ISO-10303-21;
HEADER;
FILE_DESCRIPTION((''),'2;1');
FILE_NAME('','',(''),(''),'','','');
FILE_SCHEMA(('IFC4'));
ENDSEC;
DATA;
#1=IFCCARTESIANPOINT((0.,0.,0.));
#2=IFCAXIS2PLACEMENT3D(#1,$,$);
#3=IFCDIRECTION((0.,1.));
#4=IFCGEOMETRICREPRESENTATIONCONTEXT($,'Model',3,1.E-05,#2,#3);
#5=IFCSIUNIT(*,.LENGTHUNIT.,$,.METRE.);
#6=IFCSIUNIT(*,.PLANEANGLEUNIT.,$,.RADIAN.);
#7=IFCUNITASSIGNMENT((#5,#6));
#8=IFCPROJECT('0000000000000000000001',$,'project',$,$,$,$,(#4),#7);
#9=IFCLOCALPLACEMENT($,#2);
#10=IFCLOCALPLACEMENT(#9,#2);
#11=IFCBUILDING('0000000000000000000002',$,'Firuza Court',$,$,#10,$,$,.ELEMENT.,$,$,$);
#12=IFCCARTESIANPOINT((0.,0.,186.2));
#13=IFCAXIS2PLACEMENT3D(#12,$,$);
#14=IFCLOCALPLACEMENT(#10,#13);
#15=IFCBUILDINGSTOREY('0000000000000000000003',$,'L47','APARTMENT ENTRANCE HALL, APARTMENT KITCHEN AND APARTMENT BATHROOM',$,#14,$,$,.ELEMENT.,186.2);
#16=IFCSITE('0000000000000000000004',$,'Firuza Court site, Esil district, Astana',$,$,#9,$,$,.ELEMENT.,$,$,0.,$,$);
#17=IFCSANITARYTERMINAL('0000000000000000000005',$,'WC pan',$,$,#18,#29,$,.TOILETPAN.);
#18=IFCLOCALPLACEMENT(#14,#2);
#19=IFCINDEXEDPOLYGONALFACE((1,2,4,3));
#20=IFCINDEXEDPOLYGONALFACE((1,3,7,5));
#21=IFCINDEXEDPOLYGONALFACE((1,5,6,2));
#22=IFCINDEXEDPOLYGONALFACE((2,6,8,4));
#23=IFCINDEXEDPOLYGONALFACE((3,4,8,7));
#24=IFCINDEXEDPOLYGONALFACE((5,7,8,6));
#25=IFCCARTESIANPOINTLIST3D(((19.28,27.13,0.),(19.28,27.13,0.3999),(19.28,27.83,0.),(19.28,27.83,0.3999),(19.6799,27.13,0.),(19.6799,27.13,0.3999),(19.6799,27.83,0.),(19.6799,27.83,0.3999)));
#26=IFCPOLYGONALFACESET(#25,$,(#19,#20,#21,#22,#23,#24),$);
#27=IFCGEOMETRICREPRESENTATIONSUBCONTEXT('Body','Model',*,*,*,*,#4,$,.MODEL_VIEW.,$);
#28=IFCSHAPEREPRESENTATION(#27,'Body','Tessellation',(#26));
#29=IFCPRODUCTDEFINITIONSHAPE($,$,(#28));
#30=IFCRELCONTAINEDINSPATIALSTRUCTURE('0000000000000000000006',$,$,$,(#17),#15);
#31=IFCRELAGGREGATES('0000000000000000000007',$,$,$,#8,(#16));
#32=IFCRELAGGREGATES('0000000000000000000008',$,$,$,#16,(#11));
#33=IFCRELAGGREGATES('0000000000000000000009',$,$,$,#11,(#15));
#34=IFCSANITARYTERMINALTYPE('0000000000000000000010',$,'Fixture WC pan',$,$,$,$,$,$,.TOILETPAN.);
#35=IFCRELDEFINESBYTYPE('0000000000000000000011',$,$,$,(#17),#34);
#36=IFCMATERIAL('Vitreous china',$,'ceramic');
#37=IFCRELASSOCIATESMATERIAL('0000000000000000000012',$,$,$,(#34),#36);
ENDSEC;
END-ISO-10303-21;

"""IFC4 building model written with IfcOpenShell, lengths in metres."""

from ifc_helpers import new_model, si_unit, direction, frame, origin, origin_2d, place, context, subcontext, project, spatial, rectangle, extrude, material, type_object, element, save


model = new_model("IFC4")

# Units and contexts
model_context = context("Model", 3, precision=1e-05, world=origin(), true_north=direction((0.0, 1.0)))
body_context = subcontext(model_context, "Body", "Model", "MODEL_VIEW")
ifc_project = project(units=[si_unit("LENGTHUNIT", "METRE"), si_unit("PLANEANGLEUNIT", "RADIAN")], contexts=[model_context])

# Site, building, storey
site_placement = place(None, origin())
site = spatial("IfcSite", under=ifc_project, at=site_placement, Name="Firuza Court site, Esil district, Astana", CompositionType="ELEMENT", RefElevation=0.0)
building_placement = place(site_placement, origin())
building = spatial("IfcBuilding", under=site, at=building_placement, Name="Firuza Court", CompositionType="ELEMENT")
storey_placement = place(building_placement, frame((0.0, 0.0, 186.2)))
storey = spatial("IfcBuildingStorey", under=building, at=storey_placement, Name="L47", Description="APARTMENT ENTRANCE HALL, APARTMENT KITCHEN AND APARTMENT BATHROOM", CompositionType="ELEMENT", Elevation=186.2)

# Sanitary terminal
ifc_material_1 = material(Name="Vitreous china", Category="ceramic")
sanitary_terminal_type_1 = type_object("IfcSanitaryTerminalType", Name="Fixture WC pan", PredefinedType="TOILETPAN", material=ifc_material_1)
sanitary_terminal_1_placement = place(storey_placement, frame((19.48, 27.48, 0.0), z_axis=(0.0, 0.0, 1.0), x_axis=(1.0, 0.0, 0.0)))
element("IfcSanitaryTerminal", 1, at=sanitary_terminal_1_placement, inside=storey, type_object=sanitary_terminal_type_1, Name="WC pan", PredefinedType="TOILETPAN", context=body_context, shape_type="SweptSolid", body=[
    extrude(rectangle(XDim=0.3999, YDim=0.7, at=origin_2d()), origin(), (0.0, 0.0, 1.0), 0.3999),
])

save(model, "model.ifc")
